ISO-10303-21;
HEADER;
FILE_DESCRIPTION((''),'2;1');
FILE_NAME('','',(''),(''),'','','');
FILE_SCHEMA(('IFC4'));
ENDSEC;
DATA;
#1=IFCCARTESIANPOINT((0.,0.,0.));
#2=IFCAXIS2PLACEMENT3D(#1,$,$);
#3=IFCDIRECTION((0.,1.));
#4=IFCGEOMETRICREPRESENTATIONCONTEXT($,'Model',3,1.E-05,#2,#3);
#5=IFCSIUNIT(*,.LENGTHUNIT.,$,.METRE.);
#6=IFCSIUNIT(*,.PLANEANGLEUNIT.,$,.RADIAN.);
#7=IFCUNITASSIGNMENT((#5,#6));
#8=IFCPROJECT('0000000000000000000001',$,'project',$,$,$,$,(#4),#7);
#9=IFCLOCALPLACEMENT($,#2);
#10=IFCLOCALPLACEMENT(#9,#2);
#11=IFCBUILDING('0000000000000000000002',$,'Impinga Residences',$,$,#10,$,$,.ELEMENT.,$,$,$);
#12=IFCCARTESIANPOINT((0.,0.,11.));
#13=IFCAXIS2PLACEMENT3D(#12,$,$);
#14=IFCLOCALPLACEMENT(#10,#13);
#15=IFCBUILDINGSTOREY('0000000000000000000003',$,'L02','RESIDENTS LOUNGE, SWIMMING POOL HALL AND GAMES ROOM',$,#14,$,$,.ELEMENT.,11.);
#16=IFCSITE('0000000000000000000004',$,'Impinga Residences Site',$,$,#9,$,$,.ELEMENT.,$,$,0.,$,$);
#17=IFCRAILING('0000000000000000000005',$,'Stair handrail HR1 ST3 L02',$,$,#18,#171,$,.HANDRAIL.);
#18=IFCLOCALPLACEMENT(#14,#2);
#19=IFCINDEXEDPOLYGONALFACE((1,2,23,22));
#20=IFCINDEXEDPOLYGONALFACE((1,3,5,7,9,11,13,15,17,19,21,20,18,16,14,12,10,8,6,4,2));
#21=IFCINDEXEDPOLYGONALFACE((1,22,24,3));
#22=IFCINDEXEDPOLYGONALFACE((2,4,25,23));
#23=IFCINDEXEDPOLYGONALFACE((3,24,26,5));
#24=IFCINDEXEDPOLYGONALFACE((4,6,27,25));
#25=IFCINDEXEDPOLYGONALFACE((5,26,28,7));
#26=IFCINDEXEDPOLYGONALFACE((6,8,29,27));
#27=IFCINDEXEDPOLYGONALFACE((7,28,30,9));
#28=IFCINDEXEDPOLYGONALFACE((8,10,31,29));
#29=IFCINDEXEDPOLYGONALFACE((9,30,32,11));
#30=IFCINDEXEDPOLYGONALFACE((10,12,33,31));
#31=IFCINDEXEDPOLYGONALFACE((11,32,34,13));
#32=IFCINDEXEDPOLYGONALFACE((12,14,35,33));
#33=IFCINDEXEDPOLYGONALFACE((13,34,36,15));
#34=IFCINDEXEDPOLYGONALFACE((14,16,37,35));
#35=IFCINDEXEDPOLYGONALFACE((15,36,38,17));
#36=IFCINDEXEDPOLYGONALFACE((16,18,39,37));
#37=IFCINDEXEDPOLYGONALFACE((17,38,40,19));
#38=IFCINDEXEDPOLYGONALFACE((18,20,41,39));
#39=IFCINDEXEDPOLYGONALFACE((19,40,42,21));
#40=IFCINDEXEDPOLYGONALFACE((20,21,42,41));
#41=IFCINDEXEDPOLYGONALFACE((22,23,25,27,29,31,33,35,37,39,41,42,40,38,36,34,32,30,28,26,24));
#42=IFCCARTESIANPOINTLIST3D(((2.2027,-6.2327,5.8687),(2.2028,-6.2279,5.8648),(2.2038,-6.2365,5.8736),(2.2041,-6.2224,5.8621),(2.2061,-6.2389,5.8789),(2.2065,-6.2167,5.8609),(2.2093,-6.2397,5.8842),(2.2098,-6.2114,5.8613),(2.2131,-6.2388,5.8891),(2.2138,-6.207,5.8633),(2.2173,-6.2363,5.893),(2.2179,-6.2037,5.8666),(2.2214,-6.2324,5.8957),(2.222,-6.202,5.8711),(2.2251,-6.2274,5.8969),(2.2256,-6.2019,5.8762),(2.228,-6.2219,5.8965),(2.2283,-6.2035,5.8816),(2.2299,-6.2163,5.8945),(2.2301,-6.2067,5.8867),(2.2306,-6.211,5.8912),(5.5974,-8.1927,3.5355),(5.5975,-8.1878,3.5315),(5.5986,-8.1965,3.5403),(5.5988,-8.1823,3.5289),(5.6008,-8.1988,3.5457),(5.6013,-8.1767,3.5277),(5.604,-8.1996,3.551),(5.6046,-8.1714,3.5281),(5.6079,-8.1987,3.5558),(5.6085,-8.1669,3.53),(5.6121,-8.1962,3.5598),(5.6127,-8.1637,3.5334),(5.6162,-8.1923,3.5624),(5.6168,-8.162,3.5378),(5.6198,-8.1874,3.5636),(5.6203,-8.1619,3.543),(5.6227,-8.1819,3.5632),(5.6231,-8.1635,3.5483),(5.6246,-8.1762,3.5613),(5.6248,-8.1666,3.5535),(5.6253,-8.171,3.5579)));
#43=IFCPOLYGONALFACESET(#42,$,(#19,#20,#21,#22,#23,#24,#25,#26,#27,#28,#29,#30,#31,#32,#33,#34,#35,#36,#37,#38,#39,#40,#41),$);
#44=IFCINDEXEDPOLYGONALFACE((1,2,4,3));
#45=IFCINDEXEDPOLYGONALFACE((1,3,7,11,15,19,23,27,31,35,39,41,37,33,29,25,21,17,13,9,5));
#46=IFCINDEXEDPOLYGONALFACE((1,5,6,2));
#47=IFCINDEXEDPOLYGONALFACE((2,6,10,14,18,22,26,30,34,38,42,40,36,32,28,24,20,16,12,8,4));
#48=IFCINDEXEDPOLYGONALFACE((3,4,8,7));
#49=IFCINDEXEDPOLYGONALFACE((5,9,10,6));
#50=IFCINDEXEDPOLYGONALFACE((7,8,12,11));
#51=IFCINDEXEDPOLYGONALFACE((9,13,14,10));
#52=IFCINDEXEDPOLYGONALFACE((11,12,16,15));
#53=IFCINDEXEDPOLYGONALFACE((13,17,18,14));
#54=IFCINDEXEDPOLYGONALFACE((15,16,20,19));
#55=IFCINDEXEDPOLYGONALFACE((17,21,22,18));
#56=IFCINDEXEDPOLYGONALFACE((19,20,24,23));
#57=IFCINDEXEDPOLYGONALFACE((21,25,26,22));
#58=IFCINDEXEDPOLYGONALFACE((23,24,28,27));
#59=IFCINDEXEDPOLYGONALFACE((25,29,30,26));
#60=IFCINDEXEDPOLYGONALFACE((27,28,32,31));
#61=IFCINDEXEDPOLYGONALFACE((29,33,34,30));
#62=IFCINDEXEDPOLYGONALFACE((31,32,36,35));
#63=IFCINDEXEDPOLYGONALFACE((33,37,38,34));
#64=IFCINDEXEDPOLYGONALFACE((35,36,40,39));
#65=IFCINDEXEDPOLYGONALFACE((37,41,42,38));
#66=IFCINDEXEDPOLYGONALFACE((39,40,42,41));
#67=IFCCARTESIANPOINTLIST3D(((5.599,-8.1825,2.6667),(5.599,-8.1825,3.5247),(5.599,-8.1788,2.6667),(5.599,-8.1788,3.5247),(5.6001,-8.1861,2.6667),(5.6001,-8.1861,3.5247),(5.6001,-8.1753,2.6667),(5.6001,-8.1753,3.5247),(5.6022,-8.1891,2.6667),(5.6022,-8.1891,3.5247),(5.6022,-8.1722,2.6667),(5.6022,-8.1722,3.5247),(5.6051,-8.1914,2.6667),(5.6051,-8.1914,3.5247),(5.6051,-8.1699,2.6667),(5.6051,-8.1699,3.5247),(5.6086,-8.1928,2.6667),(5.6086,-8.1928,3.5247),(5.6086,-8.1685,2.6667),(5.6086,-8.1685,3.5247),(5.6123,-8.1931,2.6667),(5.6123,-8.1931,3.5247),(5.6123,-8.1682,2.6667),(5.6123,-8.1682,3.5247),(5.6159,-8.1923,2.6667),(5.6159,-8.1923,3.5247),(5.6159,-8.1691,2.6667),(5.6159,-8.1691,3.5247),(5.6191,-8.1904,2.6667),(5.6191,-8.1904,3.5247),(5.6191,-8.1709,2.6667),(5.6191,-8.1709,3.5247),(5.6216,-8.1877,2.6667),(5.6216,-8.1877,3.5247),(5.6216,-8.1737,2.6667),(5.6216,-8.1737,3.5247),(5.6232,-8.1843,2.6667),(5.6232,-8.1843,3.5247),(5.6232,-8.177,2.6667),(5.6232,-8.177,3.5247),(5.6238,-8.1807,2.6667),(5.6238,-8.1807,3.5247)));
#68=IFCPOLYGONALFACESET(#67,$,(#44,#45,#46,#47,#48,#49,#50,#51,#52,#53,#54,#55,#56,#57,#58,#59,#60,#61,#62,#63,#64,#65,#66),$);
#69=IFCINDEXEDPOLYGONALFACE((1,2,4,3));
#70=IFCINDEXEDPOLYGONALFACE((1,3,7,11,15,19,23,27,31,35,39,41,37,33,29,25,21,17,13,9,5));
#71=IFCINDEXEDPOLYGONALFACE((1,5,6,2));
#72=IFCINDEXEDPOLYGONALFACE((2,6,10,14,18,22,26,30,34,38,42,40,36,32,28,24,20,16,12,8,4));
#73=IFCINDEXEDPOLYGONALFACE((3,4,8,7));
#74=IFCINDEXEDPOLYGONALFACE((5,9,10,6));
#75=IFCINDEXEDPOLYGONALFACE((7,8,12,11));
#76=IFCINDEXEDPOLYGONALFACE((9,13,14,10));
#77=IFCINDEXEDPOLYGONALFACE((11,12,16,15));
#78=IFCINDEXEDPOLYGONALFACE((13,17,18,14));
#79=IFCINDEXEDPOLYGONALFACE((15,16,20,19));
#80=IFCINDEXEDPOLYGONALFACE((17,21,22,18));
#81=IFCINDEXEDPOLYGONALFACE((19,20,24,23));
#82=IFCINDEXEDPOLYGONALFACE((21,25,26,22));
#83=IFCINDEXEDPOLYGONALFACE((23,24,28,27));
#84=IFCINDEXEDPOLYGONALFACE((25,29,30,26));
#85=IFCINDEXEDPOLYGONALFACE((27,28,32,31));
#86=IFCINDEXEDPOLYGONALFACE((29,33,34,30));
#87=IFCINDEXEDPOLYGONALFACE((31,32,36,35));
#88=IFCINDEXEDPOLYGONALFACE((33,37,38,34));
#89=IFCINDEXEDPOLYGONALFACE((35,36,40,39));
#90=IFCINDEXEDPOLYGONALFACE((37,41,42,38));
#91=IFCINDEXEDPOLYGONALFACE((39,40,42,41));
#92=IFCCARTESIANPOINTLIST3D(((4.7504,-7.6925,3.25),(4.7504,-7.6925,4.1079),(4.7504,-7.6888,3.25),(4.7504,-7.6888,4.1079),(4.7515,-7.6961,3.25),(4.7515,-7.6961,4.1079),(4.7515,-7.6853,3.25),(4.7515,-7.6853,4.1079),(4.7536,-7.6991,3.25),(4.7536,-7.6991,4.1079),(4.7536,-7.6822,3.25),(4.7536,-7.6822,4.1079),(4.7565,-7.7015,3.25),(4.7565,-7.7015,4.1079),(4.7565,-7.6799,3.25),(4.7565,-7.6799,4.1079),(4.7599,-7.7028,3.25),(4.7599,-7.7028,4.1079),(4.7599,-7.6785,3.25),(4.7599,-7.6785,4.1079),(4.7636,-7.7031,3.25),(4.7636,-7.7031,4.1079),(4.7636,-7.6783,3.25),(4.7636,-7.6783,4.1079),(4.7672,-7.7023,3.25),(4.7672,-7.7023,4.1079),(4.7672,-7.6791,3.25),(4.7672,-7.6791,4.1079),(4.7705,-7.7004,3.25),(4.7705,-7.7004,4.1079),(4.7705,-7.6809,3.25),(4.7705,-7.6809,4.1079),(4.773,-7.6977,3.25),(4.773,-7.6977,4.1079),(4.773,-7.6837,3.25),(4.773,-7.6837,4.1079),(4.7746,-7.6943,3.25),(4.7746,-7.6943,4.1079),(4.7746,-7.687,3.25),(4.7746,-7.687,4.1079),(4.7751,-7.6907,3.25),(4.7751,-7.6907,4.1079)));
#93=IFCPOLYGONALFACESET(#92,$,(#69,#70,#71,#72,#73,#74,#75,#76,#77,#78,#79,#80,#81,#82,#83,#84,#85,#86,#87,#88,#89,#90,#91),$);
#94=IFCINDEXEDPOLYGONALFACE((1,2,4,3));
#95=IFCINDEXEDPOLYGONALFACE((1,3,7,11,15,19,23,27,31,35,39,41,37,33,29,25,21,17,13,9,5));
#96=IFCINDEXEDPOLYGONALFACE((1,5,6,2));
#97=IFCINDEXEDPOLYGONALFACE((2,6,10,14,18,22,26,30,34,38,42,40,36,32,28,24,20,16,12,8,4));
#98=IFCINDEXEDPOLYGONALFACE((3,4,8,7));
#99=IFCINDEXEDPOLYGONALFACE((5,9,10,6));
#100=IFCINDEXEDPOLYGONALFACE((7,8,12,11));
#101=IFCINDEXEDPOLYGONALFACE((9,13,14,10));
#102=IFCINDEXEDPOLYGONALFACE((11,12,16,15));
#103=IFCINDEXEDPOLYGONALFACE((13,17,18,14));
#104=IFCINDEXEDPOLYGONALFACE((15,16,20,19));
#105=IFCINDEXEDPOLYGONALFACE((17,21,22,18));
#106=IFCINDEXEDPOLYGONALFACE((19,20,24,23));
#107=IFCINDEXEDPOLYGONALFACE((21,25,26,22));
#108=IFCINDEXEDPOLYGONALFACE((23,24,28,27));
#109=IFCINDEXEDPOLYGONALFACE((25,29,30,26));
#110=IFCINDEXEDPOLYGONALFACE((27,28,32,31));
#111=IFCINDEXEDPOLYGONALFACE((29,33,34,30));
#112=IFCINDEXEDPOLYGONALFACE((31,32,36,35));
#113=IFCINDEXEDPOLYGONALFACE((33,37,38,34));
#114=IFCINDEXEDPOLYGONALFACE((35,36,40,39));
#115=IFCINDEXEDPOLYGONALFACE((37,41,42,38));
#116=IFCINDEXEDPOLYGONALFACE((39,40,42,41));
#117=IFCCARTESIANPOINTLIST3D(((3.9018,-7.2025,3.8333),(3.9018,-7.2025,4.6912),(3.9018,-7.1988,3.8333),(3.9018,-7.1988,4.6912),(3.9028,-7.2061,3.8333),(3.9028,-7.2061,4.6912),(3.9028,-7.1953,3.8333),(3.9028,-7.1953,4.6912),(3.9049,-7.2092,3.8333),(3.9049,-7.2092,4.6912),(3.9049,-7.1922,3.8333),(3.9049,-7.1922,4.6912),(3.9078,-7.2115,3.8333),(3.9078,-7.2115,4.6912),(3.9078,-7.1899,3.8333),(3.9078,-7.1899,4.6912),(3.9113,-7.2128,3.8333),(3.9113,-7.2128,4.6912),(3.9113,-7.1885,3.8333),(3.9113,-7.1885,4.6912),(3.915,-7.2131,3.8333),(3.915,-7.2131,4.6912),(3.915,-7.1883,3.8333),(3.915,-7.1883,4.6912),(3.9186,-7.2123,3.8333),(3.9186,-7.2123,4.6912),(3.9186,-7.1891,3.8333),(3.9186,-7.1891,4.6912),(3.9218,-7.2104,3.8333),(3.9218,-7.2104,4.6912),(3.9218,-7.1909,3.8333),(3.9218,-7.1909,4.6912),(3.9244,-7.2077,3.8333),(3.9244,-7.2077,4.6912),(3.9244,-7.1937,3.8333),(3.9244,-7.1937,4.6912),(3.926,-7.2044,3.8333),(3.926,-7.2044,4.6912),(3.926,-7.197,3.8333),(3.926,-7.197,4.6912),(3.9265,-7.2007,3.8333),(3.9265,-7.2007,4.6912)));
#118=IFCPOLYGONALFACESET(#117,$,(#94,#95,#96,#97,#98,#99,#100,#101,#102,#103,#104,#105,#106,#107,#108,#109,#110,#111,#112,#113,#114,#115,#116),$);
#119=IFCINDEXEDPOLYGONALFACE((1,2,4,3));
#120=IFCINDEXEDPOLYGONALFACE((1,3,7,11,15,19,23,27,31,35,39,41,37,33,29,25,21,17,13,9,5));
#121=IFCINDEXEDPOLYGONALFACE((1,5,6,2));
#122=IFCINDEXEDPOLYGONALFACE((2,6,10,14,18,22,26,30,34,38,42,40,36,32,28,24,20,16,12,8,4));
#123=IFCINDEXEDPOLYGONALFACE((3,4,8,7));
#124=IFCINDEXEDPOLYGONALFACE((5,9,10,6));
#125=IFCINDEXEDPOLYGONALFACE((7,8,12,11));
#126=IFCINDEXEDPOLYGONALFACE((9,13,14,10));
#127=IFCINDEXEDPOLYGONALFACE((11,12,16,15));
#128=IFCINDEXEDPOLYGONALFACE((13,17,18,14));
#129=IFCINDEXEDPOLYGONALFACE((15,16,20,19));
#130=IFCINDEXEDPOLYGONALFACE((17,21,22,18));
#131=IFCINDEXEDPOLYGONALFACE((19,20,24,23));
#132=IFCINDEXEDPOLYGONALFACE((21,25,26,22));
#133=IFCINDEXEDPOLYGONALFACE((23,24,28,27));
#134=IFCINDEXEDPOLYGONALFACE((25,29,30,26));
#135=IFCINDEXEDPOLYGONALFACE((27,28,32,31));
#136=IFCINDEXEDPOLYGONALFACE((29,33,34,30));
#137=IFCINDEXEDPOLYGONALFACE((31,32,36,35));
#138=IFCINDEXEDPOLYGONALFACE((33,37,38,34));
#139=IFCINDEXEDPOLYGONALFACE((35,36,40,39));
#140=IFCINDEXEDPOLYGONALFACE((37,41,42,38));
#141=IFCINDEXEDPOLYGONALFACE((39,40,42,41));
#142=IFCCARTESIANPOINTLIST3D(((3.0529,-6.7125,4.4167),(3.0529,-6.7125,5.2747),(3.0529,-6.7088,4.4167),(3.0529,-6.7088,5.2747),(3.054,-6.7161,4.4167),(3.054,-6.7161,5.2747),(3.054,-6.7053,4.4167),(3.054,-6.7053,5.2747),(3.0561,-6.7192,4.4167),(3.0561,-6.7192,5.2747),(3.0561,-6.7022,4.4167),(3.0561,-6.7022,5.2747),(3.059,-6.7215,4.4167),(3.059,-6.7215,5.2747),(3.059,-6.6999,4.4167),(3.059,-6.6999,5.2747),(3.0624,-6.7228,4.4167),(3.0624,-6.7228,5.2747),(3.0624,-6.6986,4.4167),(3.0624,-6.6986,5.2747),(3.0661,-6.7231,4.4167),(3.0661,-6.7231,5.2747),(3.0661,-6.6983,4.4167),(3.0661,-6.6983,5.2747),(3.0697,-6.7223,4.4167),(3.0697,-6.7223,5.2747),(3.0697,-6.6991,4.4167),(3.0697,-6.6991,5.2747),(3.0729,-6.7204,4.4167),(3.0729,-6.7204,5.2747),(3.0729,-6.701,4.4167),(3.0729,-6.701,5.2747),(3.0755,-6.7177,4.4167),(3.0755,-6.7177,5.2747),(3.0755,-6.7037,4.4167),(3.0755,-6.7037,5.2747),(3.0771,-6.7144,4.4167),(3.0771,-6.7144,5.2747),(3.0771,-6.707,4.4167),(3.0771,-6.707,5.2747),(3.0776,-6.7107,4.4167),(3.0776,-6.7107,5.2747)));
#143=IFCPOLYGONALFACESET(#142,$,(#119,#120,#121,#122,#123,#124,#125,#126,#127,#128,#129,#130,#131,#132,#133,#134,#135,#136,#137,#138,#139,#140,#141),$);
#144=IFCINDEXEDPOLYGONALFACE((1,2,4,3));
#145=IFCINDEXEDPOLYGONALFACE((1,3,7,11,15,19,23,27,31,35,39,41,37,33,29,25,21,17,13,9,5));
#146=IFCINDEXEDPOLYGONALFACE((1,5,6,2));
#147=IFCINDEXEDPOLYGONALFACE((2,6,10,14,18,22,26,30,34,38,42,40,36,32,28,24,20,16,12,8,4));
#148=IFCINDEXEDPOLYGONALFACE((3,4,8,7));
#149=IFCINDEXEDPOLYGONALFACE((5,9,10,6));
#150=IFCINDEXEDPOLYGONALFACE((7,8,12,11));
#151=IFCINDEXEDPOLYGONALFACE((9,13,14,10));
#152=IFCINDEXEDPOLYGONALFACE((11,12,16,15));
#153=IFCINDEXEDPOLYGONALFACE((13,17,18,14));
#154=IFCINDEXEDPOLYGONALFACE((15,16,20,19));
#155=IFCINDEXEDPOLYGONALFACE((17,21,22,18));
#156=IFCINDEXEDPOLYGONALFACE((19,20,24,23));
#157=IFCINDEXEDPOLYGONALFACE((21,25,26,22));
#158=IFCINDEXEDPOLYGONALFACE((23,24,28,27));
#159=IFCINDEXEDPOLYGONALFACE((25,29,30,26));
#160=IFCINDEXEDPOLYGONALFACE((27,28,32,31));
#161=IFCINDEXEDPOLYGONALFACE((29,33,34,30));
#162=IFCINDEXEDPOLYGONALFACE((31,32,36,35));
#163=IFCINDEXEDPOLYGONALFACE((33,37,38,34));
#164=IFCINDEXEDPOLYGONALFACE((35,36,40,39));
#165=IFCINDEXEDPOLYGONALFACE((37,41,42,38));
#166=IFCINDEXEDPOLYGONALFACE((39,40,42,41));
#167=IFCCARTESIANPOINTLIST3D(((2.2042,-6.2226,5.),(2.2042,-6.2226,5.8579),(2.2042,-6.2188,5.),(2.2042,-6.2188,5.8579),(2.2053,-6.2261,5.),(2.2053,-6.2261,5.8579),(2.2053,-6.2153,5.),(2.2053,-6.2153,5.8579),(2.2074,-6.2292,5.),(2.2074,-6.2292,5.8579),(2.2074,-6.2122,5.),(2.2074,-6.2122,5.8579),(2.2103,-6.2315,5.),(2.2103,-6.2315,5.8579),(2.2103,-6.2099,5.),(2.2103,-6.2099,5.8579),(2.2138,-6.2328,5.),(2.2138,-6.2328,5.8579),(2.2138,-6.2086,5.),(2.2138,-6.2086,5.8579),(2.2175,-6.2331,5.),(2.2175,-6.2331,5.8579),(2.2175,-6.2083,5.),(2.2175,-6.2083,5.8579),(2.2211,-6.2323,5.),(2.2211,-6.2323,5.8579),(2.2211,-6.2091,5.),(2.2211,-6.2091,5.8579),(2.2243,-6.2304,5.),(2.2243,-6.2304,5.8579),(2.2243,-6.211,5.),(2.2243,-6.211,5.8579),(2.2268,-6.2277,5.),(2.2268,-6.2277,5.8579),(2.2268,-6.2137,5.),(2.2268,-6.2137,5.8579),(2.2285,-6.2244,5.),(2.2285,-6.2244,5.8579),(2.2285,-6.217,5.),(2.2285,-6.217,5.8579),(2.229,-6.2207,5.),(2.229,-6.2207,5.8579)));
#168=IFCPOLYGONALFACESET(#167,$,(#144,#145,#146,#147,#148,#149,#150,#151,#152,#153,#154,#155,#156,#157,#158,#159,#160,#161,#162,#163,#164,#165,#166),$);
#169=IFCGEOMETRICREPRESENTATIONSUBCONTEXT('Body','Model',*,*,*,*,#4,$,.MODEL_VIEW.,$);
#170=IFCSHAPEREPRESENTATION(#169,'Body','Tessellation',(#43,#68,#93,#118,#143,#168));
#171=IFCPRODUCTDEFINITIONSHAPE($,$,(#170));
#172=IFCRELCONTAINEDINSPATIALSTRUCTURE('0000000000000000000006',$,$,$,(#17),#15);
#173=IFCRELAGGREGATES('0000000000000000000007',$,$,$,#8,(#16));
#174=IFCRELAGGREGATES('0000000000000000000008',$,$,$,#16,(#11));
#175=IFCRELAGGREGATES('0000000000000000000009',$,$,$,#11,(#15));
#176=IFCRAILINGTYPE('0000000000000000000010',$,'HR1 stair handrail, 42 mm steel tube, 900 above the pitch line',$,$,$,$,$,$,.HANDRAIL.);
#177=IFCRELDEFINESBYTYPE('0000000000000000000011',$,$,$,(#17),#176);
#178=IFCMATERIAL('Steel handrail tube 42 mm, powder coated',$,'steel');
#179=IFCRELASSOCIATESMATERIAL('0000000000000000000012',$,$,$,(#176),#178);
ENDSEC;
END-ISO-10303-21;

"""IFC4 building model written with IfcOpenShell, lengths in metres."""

from ifc_helpers import new_model, si_unit, direction, frame, origin, origin_2d, place, context, subcontext, project, spatial, circle, extrude, material, type_object, element, save


model = new_model("IFC4")

# Units and contexts
model_context = context("Model", 3, precision=1e-05, world=origin(), true_north=direction((0.0, 1.0)))
body_context = subcontext(model_context, "Body", "Model", "MODEL_VIEW")
ifc_project = project(units=[si_unit("LENGTHUNIT", "METRE"), si_unit("PLANEANGLEUNIT", "RADIAN")], contexts=[model_context])

# Site, building, storey
site_placement = place(None, origin())
site = spatial("IfcSite", under=ifc_project, at=site_placement, Name="Impinga Residences Site", CompositionType="ELEMENT", RefElevation=0.0)
building_placement = place(site_placement, origin())
building = spatial("IfcBuilding", under=site, at=building_placement, Name="Impinga Residences", CompositionType="ELEMENT")
storey_placement = place(building_placement, frame((0.0, 0.0, 11.0)))
storey = spatial("IfcBuildingStorey", under=building, at=storey_placement, Name="L02", Description="RESIDENTS LOUNGE, SWIMMING POOL HALL AND GAMES ROOM", CompositionType="ELEMENT", Elevation=11.0)

# Railing
ifc_material_1 = material(Name="Steel handrail tube 42 mm, powder coated", Category="steel")
railing_type_1 = type_object("IfcRailingType", Name="HR1 stair handrail, 42 mm steel tube, 900 above the pitch line", PredefinedType="HANDRAIL", material=ifc_material_1)
railing_1_placement = place(storey_placement, frame((5.6113, -8.1807, 2.6667)))
element("IfcRailing", 1, at=railing_1_placement, inside=storey, type_object=railing_type_1, Name="Stair handrail HR1 ST3 L02", PredefinedType="HANDRAIL", context=body_context, shape_type="SweptSolid", body=[
    extrude(circle(Radius=0.021, at=origin_2d()), frame((0.0, 0.0, 0.8789), z_axis=(-0.744175, 0.429646, 0.511476), x_axis=(-0.499997, -0.866027, 0.0)), (0.0, 0.0, 1.0), 4.5618),
    extrude(circle(Radius=0.0125, at=origin_2d()), origin(), (0.0, 0.0, 1.0), 0.8579),
    extrude(circle(Radius=0.0125, at=origin_2d()), frame((-0.8486, 0.49, 0.5833)), (0.0, 0.0, 1.0), 0.8579),
    extrude(circle(Radius=0.0125, at=origin_2d()), frame((-1.6973, 0.98, 1.1665)), (0.0, 0.0, 1.0), 0.8579),
    extrude(circle(Radius=0.0125, at=origin_2d()), frame((-2.5461, 1.47, 1.75)), (0.0, 0.0, 1.0), 0.8579),
    extrude(circle(Radius=0.0125, at=origin_2d()), frame((-3.3948, 1.96, 2.3333)), (0.0, 0.0, 1.0), 0.8579),
])

save(model, "model.ifc")
